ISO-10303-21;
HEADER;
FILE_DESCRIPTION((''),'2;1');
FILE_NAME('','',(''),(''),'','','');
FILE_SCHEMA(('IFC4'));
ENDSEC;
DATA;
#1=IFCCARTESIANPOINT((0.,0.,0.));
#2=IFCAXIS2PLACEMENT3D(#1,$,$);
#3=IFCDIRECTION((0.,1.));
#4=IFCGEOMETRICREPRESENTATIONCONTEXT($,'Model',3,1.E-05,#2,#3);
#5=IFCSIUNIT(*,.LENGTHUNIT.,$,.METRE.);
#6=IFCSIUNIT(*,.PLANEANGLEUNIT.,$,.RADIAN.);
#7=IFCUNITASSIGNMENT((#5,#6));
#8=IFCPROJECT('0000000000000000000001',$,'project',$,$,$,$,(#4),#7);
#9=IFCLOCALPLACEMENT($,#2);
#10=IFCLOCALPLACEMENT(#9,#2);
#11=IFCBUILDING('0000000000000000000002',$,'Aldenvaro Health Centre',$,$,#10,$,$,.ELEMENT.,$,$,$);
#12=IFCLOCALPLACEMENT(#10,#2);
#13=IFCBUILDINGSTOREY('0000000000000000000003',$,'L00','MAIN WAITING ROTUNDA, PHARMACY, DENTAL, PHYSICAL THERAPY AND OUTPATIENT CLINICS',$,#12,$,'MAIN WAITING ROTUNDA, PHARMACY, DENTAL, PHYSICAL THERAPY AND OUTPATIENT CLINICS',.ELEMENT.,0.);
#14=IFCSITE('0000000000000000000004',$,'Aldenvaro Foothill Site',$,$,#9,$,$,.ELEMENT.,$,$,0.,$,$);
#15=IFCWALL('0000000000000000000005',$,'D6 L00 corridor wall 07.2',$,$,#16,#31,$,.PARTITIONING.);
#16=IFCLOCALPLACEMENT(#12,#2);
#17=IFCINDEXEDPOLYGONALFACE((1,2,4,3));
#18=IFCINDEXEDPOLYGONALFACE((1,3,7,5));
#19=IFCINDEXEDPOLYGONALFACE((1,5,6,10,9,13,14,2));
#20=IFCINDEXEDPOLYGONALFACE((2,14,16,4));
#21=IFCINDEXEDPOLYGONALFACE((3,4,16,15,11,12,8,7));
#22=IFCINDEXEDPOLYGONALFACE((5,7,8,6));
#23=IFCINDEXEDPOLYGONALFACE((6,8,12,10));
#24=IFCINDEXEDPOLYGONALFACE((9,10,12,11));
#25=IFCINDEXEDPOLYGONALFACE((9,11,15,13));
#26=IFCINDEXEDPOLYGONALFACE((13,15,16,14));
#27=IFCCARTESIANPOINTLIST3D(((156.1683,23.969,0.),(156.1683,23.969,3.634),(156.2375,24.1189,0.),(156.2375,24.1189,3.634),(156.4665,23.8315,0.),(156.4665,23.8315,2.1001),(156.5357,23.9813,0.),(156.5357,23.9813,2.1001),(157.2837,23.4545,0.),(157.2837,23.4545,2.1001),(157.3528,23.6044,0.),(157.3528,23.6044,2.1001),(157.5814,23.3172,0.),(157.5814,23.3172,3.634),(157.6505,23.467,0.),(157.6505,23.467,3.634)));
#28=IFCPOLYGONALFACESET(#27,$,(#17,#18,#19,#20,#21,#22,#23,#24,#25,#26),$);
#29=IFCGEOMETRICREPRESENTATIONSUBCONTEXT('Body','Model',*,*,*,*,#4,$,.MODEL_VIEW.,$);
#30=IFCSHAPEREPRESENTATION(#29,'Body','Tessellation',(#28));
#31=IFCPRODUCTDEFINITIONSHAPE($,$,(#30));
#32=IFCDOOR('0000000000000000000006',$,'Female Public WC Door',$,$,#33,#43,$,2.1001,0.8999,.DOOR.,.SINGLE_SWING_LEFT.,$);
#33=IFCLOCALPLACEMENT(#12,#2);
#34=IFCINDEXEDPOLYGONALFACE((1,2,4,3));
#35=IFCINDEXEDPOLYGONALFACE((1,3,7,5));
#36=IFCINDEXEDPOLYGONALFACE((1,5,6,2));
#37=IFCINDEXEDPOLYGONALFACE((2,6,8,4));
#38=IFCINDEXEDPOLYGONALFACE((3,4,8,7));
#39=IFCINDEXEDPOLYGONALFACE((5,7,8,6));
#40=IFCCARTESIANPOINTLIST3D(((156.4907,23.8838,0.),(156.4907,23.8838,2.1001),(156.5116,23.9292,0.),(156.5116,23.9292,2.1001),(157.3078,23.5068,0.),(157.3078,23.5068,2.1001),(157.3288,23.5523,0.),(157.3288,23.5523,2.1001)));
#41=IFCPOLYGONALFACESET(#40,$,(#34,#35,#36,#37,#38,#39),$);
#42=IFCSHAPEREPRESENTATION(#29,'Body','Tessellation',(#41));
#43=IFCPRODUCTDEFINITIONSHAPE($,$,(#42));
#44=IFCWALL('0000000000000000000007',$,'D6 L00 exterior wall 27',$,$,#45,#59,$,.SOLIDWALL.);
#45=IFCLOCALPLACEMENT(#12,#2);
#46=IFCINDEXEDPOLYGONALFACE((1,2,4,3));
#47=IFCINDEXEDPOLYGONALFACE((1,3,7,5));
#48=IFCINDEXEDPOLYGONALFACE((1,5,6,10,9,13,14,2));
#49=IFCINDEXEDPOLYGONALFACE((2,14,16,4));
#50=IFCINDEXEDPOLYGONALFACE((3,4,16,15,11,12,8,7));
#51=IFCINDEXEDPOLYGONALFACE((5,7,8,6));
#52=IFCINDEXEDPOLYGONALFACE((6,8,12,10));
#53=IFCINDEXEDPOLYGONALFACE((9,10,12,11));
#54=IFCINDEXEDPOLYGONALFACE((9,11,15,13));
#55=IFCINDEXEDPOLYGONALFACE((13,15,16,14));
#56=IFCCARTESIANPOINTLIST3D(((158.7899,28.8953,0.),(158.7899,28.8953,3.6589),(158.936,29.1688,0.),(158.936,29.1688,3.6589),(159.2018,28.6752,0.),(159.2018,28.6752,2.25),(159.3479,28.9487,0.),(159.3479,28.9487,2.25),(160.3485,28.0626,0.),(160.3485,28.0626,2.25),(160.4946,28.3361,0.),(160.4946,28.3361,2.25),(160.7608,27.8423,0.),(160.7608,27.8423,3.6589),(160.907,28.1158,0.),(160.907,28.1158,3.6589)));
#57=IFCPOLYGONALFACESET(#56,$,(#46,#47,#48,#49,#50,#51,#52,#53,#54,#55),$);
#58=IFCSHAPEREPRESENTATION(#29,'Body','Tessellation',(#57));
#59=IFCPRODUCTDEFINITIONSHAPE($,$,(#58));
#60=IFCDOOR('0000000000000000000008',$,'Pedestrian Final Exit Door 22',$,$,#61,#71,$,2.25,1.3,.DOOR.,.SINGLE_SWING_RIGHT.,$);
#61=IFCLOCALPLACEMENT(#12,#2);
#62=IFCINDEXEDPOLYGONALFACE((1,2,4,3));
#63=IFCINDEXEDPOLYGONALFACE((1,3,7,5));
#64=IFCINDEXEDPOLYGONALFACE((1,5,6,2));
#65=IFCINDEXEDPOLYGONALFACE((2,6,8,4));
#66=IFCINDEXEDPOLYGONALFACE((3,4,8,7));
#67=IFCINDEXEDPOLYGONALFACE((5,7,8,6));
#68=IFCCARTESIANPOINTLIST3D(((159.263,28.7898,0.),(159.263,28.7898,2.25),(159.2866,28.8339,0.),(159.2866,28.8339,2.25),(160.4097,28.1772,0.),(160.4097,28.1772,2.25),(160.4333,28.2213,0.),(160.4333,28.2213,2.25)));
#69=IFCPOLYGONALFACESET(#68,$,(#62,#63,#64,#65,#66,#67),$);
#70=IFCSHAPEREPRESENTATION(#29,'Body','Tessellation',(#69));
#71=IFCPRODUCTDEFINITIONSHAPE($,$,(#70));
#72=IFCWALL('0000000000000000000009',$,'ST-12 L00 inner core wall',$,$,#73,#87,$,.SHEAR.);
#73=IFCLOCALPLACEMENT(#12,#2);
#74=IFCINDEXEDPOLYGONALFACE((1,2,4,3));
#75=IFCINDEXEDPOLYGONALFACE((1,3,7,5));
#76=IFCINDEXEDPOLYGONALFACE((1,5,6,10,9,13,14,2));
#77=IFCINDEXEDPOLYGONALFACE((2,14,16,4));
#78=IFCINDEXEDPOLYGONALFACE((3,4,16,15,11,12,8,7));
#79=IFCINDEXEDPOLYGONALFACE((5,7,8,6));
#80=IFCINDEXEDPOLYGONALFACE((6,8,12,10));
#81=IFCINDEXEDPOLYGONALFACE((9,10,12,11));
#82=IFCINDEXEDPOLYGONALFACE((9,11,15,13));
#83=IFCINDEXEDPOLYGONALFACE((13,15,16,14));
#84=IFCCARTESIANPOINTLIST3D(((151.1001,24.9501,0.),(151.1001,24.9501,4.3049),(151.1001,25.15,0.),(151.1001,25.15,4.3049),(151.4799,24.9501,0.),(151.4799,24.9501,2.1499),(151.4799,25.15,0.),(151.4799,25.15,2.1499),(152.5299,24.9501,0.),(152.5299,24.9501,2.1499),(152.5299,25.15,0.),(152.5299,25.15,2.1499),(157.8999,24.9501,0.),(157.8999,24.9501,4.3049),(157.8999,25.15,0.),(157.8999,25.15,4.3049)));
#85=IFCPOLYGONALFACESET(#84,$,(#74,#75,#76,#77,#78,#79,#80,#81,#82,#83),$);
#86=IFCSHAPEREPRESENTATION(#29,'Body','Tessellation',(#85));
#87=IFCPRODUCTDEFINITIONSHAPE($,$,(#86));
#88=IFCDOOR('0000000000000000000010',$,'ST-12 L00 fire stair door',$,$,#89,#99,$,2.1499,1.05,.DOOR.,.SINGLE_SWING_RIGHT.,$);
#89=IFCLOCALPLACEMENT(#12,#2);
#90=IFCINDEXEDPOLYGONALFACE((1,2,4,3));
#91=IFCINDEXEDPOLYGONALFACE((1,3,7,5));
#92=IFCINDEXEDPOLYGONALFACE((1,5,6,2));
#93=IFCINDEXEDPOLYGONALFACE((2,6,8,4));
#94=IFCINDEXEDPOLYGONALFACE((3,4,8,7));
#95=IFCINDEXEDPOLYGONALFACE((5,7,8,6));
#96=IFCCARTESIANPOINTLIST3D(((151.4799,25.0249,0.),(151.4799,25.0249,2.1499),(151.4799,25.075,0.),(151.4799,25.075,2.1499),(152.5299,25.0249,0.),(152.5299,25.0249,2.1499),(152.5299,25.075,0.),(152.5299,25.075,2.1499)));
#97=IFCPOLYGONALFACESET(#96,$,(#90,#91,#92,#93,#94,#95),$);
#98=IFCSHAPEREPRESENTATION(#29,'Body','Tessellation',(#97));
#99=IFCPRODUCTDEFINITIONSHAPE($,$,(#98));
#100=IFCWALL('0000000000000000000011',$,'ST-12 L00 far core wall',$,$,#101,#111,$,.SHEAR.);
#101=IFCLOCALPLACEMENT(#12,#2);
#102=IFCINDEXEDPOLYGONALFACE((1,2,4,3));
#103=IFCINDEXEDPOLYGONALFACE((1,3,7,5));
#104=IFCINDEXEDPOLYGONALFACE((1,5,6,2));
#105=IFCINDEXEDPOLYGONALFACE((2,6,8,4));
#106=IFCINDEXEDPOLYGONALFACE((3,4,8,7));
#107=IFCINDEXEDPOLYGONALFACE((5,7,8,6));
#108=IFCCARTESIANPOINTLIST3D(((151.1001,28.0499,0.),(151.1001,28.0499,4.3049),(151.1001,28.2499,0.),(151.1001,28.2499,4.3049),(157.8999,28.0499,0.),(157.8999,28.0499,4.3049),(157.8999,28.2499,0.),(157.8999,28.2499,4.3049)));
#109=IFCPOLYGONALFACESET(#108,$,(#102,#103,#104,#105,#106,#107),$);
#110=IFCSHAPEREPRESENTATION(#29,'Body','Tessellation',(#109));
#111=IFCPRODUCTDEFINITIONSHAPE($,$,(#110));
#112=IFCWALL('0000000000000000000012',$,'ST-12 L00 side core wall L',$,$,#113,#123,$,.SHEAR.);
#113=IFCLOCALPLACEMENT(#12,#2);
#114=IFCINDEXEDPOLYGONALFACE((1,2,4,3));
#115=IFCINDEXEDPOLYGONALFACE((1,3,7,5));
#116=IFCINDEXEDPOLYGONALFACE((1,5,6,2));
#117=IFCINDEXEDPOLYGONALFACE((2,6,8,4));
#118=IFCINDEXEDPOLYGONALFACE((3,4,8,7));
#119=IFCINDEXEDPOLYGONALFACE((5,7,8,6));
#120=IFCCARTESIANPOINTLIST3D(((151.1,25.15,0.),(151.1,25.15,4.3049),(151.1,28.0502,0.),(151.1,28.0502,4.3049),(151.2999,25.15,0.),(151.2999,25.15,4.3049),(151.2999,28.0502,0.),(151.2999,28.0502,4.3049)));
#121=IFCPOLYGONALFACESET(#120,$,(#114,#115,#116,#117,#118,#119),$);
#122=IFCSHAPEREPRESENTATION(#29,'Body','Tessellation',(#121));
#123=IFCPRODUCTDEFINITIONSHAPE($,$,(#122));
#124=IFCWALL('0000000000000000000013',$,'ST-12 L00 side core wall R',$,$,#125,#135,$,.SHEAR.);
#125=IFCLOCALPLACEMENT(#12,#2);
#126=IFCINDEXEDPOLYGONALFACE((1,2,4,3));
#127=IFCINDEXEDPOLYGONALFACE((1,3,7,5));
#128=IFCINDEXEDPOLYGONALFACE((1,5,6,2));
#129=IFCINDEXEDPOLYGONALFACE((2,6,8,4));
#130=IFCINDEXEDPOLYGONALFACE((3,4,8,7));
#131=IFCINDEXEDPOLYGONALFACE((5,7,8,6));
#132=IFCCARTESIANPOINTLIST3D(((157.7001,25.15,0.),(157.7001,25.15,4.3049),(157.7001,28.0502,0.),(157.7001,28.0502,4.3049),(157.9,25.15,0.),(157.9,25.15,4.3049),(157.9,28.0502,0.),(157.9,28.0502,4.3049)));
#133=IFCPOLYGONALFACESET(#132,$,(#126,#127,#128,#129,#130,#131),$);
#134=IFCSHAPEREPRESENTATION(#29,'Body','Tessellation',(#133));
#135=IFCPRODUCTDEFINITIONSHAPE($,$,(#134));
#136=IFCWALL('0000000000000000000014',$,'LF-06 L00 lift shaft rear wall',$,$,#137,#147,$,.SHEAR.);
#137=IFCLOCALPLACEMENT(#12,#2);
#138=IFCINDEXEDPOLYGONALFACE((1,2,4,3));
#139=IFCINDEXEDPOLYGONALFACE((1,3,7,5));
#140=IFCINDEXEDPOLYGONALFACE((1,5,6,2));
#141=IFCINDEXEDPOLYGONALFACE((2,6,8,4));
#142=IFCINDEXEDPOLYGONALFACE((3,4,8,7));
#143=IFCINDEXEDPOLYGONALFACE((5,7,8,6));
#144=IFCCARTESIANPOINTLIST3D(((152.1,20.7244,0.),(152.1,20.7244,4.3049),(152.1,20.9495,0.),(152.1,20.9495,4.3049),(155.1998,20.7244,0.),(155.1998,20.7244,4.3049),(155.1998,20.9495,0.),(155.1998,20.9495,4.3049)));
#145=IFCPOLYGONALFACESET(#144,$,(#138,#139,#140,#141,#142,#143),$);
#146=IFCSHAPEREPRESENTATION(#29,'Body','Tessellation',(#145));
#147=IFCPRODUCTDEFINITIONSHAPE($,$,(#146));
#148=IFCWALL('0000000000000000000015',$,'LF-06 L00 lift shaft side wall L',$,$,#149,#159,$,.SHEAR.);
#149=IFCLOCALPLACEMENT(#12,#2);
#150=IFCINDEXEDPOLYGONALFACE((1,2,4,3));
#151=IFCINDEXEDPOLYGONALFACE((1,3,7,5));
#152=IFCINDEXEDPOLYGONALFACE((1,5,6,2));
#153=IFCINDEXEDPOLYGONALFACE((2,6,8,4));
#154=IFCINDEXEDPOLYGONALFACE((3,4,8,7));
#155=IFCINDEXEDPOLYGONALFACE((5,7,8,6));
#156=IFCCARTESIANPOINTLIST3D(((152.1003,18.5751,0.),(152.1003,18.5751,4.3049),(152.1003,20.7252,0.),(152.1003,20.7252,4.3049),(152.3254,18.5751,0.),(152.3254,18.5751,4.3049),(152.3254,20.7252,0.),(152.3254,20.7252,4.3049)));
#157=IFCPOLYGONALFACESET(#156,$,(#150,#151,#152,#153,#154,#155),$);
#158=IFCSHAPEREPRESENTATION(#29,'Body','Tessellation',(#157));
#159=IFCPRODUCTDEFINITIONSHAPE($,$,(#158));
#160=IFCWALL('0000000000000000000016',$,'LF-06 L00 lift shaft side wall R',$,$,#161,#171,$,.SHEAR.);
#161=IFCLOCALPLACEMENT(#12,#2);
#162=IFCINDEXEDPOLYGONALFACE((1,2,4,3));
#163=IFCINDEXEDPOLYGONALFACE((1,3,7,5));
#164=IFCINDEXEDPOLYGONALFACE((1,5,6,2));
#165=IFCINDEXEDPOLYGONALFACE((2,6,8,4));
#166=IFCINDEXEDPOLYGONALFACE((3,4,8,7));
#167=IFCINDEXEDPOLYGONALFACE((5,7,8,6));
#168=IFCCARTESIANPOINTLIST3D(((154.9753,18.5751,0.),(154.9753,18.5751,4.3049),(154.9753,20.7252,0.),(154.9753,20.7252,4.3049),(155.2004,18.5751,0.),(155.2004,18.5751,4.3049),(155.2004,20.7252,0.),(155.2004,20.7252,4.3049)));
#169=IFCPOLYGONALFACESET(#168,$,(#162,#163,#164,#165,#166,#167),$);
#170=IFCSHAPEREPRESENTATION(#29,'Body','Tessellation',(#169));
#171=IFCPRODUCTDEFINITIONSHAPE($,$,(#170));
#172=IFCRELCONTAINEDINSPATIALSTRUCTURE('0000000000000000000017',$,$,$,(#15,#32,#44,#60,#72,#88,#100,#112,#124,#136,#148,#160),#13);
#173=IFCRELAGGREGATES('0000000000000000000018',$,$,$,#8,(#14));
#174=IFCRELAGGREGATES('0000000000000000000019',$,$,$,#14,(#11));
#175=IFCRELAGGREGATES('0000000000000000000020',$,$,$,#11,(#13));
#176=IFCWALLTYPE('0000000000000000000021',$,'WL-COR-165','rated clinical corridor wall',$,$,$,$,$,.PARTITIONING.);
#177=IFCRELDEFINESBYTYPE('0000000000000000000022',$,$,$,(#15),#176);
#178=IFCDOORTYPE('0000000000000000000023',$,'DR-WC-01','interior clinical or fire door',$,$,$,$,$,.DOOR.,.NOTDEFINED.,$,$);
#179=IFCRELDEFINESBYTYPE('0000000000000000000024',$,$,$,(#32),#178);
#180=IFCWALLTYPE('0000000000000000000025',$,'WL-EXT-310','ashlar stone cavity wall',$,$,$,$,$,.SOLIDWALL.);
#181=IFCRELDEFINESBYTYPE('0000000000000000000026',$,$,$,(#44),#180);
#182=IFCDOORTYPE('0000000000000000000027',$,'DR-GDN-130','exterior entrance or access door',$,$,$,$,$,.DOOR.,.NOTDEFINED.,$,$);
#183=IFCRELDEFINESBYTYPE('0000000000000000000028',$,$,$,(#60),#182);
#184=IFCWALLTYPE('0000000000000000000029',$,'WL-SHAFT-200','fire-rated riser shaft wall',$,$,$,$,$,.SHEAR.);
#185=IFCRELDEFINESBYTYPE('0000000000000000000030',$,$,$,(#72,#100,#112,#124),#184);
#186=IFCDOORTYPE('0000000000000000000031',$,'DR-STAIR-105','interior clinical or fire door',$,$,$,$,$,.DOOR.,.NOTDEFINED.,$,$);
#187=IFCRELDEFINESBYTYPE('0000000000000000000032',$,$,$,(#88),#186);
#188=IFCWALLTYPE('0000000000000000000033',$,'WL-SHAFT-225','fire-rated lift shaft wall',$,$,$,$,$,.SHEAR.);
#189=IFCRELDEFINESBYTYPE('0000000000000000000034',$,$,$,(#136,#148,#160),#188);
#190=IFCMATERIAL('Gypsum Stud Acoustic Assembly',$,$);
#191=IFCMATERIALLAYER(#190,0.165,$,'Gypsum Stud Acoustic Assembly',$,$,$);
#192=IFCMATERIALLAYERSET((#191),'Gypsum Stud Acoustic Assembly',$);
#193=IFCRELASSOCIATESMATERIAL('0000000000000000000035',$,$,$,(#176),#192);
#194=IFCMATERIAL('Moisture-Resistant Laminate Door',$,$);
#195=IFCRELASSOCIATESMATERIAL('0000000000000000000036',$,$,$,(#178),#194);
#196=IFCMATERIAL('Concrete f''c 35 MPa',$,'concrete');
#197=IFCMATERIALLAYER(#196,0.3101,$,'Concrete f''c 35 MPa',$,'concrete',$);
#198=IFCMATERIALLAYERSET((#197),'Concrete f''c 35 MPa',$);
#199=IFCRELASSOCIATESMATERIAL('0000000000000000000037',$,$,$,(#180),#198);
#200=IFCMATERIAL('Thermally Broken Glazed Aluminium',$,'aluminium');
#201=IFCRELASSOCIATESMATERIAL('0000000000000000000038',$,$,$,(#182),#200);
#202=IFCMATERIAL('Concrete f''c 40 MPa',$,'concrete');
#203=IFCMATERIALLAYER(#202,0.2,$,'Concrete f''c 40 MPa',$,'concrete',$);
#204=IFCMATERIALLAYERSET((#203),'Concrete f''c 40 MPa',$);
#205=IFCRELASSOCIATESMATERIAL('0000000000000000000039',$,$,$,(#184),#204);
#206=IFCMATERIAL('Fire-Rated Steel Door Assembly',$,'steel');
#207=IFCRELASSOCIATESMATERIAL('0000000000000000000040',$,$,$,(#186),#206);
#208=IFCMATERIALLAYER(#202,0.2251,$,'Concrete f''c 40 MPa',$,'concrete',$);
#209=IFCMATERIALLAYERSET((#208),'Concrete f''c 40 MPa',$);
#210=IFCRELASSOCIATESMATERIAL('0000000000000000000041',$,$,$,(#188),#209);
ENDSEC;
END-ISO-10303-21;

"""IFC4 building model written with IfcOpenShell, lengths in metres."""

from ifc_helpers import new_model, si_unit, direction, frame, frame_2d, origin, place, context, subcontext, project, spatial, rectangle, extrude, material, layer, layer_set, type_object, element, fill, save


model = new_model("IFC4")

# Units and contexts
model_context = context("Model", 3, precision=1e-05, world=origin(), true_north=direction((0.0, 1.0)))
body_context = subcontext(model_context, "Body", "Model", "MODEL_VIEW")
ifc_project = project(units=[si_unit("LENGTHUNIT", "METRE"), si_unit("PLANEANGLEUNIT", "RADIAN")], contexts=[model_context])

# Site, building, storey
site_placement = place(None, origin())
site = spatial("IfcSite", under=ifc_project, at=site_placement, Name="Aldenvaro Foothill Site", CompositionType="ELEMENT", RefElevation=0.0)
building_placement = place(site_placement, origin())
building = spatial("IfcBuilding", under=site, at=building_placement, Name="Aldenvaro Health Centre", CompositionType="ELEMENT")
storey_placement = place(building_placement, origin())
storey = spatial("IfcBuildingStorey", under=building, at=storey_placement, Name="L00", Description="MAIN WAITING ROTUNDA, PHARMACY, DENTAL, PHYSICAL THERAPY AND OUTPATIENT CLINICS", LongName="MAIN WAITING ROTUNDA, PHARMACY, DENTAL, PHYSICAL THERAPY AND OUTPATIENT CLINICS", CompositionType="ELEMENT", Elevation=0.0)

# Shared definitions
ifc_material_1 = material(Name="Concrete f'c 40 MPa", Category="concrete")

# Shared definitions
ifc_material_2 = material(Name="Gypsum Stud Acoustic Assembly")
ifc_layer_1 = layer(ifc_material_2, 0.165, Name="Gypsum Stud Acoustic Assembly")
ifc_layer_set_1 = layer_set([ifc_layer_1], Name="Gypsum Stud Acoustic Assembly")
wall_type_1 = type_object("IfcWallType", Name="WL-COR-165", Description="rated clinical corridor wall", PredefinedType="PARTITIONING", material=ifc_layer_set_1)

# Walls, openings, doors
wall_1_placement = place(storey_placement, frame((157.616, 23.3921, 0.0), z_axis=(0.0, 0.0, 1.0), x_axis=(-0.908042, 0.418879, 0.0)))
wall_1 = element("IfcWall", 1, at=wall_1_placement, inside=storey, type_object=wall_type_1, Name="D6 L00 corridor wall 07.2", PredefinedType="PARTITIONING", context=body_context, shape_type="SweptSolid", body=[
    extrude(rectangle(XDim=1.5562, YDim=0.165, at=frame_2d((0.7781, 0.0))), origin(), (0.0, 0.0, 1.0), 3.634),
])
opening_1_placement = place(wall_1_placement, frame((0.3279, 0.0, 0.0)))
opening_1 = element("IfcOpeningElement", 2, at=opening_1_placement, cuts=wall_1, PredefinedType="OPENING", context=body_context, shape_type="SweptSolid", body=[
    extrude(rectangle(XDim=0.8999, YDim=2.1001, at=frame_2d((0.45, 1.05))), frame((0.0, 0.0925, 0.0), z_axis=(0.0, -1.0, 0.0), x_axis=(1.0, 0.0, 0.0)), (0.0, 0.0, 1.0), 0.1851),
])
ifc_material_3 = material(Name="Moisture-Resistant Laminate Door")
door_type_1 = type_object("IfcDoorType", Name="DR-WC-01", Description="interior clinical or fire door", OperationType="NOTDEFINED", PredefinedType="DOOR", material=ifc_material_3)
door_1_placement = place(opening_1_placement, origin())
door_1 = element("IfcDoor", 3, at=door_1_placement, inside=storey, type_object=door_type_1, Name="Female Public WC Door", OperationType="SINGLE_SWING_LEFT", OverallHeight=2.1001, OverallWidth=0.8999, PredefinedType="DOOR", context=body_context, shape_type="SweptSolid", body=[
    extrude(rectangle(XDim=0.8999, YDim=2.1001, at=frame_2d((0.45, 1.05))), frame((0.0, 0.0249, 0.0), z_axis=(0.0, -1.0, 0.0), x_axis=(1.0, 0.0, 0.0)), (0.0, 0.0, 1.0), 0.05),
])
fill(opening_1, door_1)
ifc_material_4 = material(Name="Concrete f'c 35 MPa", Category="concrete")
ifc_layer_2 = layer(ifc_material_4, 0.3101, Name="Concrete f'c 35 MPa", Category="concrete")
ifc_layer_set_2 = layer_set([ifc_layer_2], Name="Concrete f'c 35 MPa")
wall_type_2 = type_object("IfcWallType", Name="WL-EXT-310", Description="ashlar stone cavity wall", PredefinedType="SOLIDWALL", material=ifc_layer_set_2)
wall_2_placement = place(storey_placement, frame((158.863, 29.032, 0.0), z_axis=(0.0, 0.0, 1.0), x_axis=(0.882017, -0.471218, 0.0)))
wall_2 = element("IfcWall", 4, at=wall_2_placement, inside=storey, type_object=wall_type_2, Name="D6 L00 exterior wall 27", PredefinedType="SOLIDWALL", context=body_context, shape_type="SweptSolid", body=[
    extrude(rectangle(XDim=2.2346, YDim=0.3101, at=frame_2d((1.1172, 0.0))), origin(), (0.0, 0.0, 1.0), 3.6589),
])
opening_2_placement = place(wall_2_placement, frame((0.467, 0.0, 0.0)))
opening_2 = element("IfcOpeningElement", 5, at=opening_2_placement, cuts=wall_2, PredefinedType="OPENING", context=body_context, shape_type="SweptSolid", body=[
    extrude(rectangle(XDim=1.3, YDim=2.25, at=frame_2d((0.6499, 1.125))), frame((0.0, 0.165, 0.0), z_axis=(0.0, -1.0, 0.0), x_axis=(1.0, 0.0, 0.0)), (0.0, 0.0, 1.0), 0.3301),
])
ifc_material_5 = material(Name="Thermally Broken Glazed Aluminium", Category="aluminium")
door_type_2 = type_object("IfcDoorType", Name="DR-GDN-130", Description="exterior entrance or access door", OperationType="NOTDEFINED", PredefinedType="DOOR", material=ifc_material_5)
door_2_placement = place(opening_2_placement, origin())
door_2 = element("IfcDoor", 6, at=door_2_placement, inside=storey, type_object=door_type_2, Name="Pedestrian Final Exit Door 22", OperationType="SINGLE_SWING_RIGHT", OverallHeight=2.25, OverallWidth=1.3, PredefinedType="DOOR", context=body_context, shape_type="SweptSolid", body=[
    extrude(rectangle(XDim=1.3, YDim=2.25, at=frame_2d((0.6499, 1.125))), frame((0.0, 0.0249, 0.0), z_axis=(0.0, -1.0, 0.0), x_axis=(1.0, 0.0, 0.0)), (0.0, 0.0, 1.0), 0.05),
])
fill(opening_2, door_2)
ifc_layer_3 = layer(ifc_material_1, 0.2, Name="Concrete f'c 40 MPa", Category="concrete")
ifc_layer_set_3 = layer_set([ifc_layer_3], Name="Concrete f'c 40 MPa")
wall_type_3 = type_object("IfcWallType", Name="WL-SHAFT-200", Description="fire-rated riser shaft wall", PredefinedType="SHEAR", material=ifc_layer_set_3)
wall_3_placement = place(storey_placement, frame((151.1001, 25.05, 0.0), z_axis=(0.0, 0.0, 1.0), x_axis=(1.0, 0.0, 0.0)))
wall_3 = element("IfcWall", 7, at=wall_3_placement, inside=storey, type_object=wall_type_3, Name="ST-12 L00 inner core wall", PredefinedType="SHEAR", context=body_context, shape_type="SweptSolid", body=[
    extrude(rectangle(XDim=6.7998, YDim=0.2, at=frame_2d((3.3999, 0.0))), origin(), (0.0, 0.0, 1.0), 4.3049),
])
opening_3_placement = place(wall_3_placement, frame((0.3799, 0.0, 0.0)))
opening_3 = element("IfcOpeningElement", 8, at=opening_3_placement, cuts=wall_3, PredefinedType="OPENING", context=body_context, shape_type="SweptSolid", body=[
    extrude(rectangle(XDim=1.05, YDim=2.1499, at=frame_2d((0.5249, 1.075))), frame((0.0, 0.1099, 0.0), z_axis=(0.0, -1.0, 0.0), x_axis=(1.0, 0.0, 0.0)), (0.0, 0.0, 1.0), 0.22),
])
ifc_material_6 = material(Name="Fire-Rated Steel Door Assembly", Category="steel")
door_type_3 = type_object("IfcDoorType", Name="DR-STAIR-105", Description="interior clinical or fire door", OperationType="NOTDEFINED", PredefinedType="DOOR", material=ifc_material_6)
door_3_placement = place(opening_3_placement, origin())
door_3 = element("IfcDoor", 9, at=door_3_placement, inside=storey, type_object=door_type_3, Name="ST-12 L00 fire stair door", OperationType="SINGLE_SWING_RIGHT", OverallHeight=2.1499, OverallWidth=1.05, PredefinedType="DOOR", context=body_context, shape_type="SweptSolid", body=[
    extrude(rectangle(XDim=1.05, YDim=2.1499, at=frame_2d((0.5249, 1.075))), frame((0.0, 0.0249, 0.0), z_axis=(0.0, -1.0, 0.0), x_axis=(1.0, 0.0, 0.0)), (0.0, 0.0, 1.0), 0.05),
])
fill(opening_3, door_3)

# Walls
wall_4_placement = place(storey_placement, frame((151.1001, 28.1499, 0.0), z_axis=(0.0, 0.0, 1.0), x_axis=(1.0, 0.0, 0.0)))
element("IfcWall", 10, at=wall_4_placement, inside=storey, type_object=wall_type_3, Name="ST-12 L00 far core wall", PredefinedType="SHEAR", context=body_context, shape_type="SweptSolid", body=[
    extrude(rectangle(XDim=6.7998, YDim=0.2, at=frame_2d((3.3999, 0.0))), origin(), (0.0, 0.0, 1.0), 4.3049),
])
for number, where, z_axis, x_axis, name in (
    (11, (151.2, 25.1499, 0.0), (0.0, 0.0, 1.0), (0.0, 1.0, 0.0), "ST-12 L00 side core wall L"),
    (12, (157.8, 25.1499, 0.0), (0.0, 0.0, 1.0), (0.0, 1.0, 0.0), "ST-12 L00 side core wall R"),
):
    element("IfcWall", number, at=place(storey_placement, frame(where, z_axis=z_axis, x_axis=x_axis)), inside=storey, type_object=wall_type_3, Name=name, PredefinedType="SHEAR", context=body_context, shape_type="SweptSolid", body=[
        extrude(rectangle(XDim=2.9001, YDim=0.2, at=frame_2d((1.4502, 0.0))), origin(), (0.0, 0.0, 1.0), 4.3049),
    ])
ifc_layer_4 = layer(ifc_material_1, 0.2251, Name="Concrete f'c 40 MPa", Category="concrete")
ifc_layer_set_4 = layer_set([ifc_layer_4], Name="Concrete f'c 40 MPa")
wall_type_4 = type_object("IfcWallType", Name="WL-SHAFT-225", Description="fire-rated lift shaft wall", PredefinedType="SHEAR", material=ifc_layer_set_4)
wall_5_placement = place(storey_placement, frame((152.1001, 20.8369, 0.0), z_axis=(0.0, 0.0, 1.0), x_axis=(1.0, 0.0, 0.0)))
element("IfcWall", 13, at=wall_5_placement, inside=storey, type_object=wall_type_4, Name="LF-06 L00 lift shaft rear wall", PredefinedType="SHEAR", context=body_context, shape_type="SweptSolid", body=[
    extrude(rectangle(XDim=3.0999, YDim=0.2251, at=frame_2d((1.5498, 0.0))), origin(), (0.0, 0.0, 1.0), 4.3049),
])
for number, where, z_axis, x_axis, name in (
    (14, (152.2129, 18.575, 0.0), (0.0, 0.0, 1.0), (0.0, 1.0, 0.0), "LF-06 L00 lift shaft side wall L"),
    (15, (155.0879, 18.575, 0.0), (0.0, 0.0, 1.0), (0.0, 1.0, 0.0), "LF-06 L00 lift shaft side wall R"),
):
    element("IfcWall", number, at=place(storey_placement, frame(where, z_axis=z_axis, x_axis=x_axis)), inside=storey, type_object=wall_type_4, Name=name, PredefinedType="SHEAR", context=body_context, shape_type="SweptSolid", body=[
        extrude(rectangle(XDim=2.1501, YDim=0.2251, at=frame_2d((1.0752, 0.0))), origin(), (0.0, 0.0, 1.0), 4.3049),
    ])

save(model, "model.ifc")
